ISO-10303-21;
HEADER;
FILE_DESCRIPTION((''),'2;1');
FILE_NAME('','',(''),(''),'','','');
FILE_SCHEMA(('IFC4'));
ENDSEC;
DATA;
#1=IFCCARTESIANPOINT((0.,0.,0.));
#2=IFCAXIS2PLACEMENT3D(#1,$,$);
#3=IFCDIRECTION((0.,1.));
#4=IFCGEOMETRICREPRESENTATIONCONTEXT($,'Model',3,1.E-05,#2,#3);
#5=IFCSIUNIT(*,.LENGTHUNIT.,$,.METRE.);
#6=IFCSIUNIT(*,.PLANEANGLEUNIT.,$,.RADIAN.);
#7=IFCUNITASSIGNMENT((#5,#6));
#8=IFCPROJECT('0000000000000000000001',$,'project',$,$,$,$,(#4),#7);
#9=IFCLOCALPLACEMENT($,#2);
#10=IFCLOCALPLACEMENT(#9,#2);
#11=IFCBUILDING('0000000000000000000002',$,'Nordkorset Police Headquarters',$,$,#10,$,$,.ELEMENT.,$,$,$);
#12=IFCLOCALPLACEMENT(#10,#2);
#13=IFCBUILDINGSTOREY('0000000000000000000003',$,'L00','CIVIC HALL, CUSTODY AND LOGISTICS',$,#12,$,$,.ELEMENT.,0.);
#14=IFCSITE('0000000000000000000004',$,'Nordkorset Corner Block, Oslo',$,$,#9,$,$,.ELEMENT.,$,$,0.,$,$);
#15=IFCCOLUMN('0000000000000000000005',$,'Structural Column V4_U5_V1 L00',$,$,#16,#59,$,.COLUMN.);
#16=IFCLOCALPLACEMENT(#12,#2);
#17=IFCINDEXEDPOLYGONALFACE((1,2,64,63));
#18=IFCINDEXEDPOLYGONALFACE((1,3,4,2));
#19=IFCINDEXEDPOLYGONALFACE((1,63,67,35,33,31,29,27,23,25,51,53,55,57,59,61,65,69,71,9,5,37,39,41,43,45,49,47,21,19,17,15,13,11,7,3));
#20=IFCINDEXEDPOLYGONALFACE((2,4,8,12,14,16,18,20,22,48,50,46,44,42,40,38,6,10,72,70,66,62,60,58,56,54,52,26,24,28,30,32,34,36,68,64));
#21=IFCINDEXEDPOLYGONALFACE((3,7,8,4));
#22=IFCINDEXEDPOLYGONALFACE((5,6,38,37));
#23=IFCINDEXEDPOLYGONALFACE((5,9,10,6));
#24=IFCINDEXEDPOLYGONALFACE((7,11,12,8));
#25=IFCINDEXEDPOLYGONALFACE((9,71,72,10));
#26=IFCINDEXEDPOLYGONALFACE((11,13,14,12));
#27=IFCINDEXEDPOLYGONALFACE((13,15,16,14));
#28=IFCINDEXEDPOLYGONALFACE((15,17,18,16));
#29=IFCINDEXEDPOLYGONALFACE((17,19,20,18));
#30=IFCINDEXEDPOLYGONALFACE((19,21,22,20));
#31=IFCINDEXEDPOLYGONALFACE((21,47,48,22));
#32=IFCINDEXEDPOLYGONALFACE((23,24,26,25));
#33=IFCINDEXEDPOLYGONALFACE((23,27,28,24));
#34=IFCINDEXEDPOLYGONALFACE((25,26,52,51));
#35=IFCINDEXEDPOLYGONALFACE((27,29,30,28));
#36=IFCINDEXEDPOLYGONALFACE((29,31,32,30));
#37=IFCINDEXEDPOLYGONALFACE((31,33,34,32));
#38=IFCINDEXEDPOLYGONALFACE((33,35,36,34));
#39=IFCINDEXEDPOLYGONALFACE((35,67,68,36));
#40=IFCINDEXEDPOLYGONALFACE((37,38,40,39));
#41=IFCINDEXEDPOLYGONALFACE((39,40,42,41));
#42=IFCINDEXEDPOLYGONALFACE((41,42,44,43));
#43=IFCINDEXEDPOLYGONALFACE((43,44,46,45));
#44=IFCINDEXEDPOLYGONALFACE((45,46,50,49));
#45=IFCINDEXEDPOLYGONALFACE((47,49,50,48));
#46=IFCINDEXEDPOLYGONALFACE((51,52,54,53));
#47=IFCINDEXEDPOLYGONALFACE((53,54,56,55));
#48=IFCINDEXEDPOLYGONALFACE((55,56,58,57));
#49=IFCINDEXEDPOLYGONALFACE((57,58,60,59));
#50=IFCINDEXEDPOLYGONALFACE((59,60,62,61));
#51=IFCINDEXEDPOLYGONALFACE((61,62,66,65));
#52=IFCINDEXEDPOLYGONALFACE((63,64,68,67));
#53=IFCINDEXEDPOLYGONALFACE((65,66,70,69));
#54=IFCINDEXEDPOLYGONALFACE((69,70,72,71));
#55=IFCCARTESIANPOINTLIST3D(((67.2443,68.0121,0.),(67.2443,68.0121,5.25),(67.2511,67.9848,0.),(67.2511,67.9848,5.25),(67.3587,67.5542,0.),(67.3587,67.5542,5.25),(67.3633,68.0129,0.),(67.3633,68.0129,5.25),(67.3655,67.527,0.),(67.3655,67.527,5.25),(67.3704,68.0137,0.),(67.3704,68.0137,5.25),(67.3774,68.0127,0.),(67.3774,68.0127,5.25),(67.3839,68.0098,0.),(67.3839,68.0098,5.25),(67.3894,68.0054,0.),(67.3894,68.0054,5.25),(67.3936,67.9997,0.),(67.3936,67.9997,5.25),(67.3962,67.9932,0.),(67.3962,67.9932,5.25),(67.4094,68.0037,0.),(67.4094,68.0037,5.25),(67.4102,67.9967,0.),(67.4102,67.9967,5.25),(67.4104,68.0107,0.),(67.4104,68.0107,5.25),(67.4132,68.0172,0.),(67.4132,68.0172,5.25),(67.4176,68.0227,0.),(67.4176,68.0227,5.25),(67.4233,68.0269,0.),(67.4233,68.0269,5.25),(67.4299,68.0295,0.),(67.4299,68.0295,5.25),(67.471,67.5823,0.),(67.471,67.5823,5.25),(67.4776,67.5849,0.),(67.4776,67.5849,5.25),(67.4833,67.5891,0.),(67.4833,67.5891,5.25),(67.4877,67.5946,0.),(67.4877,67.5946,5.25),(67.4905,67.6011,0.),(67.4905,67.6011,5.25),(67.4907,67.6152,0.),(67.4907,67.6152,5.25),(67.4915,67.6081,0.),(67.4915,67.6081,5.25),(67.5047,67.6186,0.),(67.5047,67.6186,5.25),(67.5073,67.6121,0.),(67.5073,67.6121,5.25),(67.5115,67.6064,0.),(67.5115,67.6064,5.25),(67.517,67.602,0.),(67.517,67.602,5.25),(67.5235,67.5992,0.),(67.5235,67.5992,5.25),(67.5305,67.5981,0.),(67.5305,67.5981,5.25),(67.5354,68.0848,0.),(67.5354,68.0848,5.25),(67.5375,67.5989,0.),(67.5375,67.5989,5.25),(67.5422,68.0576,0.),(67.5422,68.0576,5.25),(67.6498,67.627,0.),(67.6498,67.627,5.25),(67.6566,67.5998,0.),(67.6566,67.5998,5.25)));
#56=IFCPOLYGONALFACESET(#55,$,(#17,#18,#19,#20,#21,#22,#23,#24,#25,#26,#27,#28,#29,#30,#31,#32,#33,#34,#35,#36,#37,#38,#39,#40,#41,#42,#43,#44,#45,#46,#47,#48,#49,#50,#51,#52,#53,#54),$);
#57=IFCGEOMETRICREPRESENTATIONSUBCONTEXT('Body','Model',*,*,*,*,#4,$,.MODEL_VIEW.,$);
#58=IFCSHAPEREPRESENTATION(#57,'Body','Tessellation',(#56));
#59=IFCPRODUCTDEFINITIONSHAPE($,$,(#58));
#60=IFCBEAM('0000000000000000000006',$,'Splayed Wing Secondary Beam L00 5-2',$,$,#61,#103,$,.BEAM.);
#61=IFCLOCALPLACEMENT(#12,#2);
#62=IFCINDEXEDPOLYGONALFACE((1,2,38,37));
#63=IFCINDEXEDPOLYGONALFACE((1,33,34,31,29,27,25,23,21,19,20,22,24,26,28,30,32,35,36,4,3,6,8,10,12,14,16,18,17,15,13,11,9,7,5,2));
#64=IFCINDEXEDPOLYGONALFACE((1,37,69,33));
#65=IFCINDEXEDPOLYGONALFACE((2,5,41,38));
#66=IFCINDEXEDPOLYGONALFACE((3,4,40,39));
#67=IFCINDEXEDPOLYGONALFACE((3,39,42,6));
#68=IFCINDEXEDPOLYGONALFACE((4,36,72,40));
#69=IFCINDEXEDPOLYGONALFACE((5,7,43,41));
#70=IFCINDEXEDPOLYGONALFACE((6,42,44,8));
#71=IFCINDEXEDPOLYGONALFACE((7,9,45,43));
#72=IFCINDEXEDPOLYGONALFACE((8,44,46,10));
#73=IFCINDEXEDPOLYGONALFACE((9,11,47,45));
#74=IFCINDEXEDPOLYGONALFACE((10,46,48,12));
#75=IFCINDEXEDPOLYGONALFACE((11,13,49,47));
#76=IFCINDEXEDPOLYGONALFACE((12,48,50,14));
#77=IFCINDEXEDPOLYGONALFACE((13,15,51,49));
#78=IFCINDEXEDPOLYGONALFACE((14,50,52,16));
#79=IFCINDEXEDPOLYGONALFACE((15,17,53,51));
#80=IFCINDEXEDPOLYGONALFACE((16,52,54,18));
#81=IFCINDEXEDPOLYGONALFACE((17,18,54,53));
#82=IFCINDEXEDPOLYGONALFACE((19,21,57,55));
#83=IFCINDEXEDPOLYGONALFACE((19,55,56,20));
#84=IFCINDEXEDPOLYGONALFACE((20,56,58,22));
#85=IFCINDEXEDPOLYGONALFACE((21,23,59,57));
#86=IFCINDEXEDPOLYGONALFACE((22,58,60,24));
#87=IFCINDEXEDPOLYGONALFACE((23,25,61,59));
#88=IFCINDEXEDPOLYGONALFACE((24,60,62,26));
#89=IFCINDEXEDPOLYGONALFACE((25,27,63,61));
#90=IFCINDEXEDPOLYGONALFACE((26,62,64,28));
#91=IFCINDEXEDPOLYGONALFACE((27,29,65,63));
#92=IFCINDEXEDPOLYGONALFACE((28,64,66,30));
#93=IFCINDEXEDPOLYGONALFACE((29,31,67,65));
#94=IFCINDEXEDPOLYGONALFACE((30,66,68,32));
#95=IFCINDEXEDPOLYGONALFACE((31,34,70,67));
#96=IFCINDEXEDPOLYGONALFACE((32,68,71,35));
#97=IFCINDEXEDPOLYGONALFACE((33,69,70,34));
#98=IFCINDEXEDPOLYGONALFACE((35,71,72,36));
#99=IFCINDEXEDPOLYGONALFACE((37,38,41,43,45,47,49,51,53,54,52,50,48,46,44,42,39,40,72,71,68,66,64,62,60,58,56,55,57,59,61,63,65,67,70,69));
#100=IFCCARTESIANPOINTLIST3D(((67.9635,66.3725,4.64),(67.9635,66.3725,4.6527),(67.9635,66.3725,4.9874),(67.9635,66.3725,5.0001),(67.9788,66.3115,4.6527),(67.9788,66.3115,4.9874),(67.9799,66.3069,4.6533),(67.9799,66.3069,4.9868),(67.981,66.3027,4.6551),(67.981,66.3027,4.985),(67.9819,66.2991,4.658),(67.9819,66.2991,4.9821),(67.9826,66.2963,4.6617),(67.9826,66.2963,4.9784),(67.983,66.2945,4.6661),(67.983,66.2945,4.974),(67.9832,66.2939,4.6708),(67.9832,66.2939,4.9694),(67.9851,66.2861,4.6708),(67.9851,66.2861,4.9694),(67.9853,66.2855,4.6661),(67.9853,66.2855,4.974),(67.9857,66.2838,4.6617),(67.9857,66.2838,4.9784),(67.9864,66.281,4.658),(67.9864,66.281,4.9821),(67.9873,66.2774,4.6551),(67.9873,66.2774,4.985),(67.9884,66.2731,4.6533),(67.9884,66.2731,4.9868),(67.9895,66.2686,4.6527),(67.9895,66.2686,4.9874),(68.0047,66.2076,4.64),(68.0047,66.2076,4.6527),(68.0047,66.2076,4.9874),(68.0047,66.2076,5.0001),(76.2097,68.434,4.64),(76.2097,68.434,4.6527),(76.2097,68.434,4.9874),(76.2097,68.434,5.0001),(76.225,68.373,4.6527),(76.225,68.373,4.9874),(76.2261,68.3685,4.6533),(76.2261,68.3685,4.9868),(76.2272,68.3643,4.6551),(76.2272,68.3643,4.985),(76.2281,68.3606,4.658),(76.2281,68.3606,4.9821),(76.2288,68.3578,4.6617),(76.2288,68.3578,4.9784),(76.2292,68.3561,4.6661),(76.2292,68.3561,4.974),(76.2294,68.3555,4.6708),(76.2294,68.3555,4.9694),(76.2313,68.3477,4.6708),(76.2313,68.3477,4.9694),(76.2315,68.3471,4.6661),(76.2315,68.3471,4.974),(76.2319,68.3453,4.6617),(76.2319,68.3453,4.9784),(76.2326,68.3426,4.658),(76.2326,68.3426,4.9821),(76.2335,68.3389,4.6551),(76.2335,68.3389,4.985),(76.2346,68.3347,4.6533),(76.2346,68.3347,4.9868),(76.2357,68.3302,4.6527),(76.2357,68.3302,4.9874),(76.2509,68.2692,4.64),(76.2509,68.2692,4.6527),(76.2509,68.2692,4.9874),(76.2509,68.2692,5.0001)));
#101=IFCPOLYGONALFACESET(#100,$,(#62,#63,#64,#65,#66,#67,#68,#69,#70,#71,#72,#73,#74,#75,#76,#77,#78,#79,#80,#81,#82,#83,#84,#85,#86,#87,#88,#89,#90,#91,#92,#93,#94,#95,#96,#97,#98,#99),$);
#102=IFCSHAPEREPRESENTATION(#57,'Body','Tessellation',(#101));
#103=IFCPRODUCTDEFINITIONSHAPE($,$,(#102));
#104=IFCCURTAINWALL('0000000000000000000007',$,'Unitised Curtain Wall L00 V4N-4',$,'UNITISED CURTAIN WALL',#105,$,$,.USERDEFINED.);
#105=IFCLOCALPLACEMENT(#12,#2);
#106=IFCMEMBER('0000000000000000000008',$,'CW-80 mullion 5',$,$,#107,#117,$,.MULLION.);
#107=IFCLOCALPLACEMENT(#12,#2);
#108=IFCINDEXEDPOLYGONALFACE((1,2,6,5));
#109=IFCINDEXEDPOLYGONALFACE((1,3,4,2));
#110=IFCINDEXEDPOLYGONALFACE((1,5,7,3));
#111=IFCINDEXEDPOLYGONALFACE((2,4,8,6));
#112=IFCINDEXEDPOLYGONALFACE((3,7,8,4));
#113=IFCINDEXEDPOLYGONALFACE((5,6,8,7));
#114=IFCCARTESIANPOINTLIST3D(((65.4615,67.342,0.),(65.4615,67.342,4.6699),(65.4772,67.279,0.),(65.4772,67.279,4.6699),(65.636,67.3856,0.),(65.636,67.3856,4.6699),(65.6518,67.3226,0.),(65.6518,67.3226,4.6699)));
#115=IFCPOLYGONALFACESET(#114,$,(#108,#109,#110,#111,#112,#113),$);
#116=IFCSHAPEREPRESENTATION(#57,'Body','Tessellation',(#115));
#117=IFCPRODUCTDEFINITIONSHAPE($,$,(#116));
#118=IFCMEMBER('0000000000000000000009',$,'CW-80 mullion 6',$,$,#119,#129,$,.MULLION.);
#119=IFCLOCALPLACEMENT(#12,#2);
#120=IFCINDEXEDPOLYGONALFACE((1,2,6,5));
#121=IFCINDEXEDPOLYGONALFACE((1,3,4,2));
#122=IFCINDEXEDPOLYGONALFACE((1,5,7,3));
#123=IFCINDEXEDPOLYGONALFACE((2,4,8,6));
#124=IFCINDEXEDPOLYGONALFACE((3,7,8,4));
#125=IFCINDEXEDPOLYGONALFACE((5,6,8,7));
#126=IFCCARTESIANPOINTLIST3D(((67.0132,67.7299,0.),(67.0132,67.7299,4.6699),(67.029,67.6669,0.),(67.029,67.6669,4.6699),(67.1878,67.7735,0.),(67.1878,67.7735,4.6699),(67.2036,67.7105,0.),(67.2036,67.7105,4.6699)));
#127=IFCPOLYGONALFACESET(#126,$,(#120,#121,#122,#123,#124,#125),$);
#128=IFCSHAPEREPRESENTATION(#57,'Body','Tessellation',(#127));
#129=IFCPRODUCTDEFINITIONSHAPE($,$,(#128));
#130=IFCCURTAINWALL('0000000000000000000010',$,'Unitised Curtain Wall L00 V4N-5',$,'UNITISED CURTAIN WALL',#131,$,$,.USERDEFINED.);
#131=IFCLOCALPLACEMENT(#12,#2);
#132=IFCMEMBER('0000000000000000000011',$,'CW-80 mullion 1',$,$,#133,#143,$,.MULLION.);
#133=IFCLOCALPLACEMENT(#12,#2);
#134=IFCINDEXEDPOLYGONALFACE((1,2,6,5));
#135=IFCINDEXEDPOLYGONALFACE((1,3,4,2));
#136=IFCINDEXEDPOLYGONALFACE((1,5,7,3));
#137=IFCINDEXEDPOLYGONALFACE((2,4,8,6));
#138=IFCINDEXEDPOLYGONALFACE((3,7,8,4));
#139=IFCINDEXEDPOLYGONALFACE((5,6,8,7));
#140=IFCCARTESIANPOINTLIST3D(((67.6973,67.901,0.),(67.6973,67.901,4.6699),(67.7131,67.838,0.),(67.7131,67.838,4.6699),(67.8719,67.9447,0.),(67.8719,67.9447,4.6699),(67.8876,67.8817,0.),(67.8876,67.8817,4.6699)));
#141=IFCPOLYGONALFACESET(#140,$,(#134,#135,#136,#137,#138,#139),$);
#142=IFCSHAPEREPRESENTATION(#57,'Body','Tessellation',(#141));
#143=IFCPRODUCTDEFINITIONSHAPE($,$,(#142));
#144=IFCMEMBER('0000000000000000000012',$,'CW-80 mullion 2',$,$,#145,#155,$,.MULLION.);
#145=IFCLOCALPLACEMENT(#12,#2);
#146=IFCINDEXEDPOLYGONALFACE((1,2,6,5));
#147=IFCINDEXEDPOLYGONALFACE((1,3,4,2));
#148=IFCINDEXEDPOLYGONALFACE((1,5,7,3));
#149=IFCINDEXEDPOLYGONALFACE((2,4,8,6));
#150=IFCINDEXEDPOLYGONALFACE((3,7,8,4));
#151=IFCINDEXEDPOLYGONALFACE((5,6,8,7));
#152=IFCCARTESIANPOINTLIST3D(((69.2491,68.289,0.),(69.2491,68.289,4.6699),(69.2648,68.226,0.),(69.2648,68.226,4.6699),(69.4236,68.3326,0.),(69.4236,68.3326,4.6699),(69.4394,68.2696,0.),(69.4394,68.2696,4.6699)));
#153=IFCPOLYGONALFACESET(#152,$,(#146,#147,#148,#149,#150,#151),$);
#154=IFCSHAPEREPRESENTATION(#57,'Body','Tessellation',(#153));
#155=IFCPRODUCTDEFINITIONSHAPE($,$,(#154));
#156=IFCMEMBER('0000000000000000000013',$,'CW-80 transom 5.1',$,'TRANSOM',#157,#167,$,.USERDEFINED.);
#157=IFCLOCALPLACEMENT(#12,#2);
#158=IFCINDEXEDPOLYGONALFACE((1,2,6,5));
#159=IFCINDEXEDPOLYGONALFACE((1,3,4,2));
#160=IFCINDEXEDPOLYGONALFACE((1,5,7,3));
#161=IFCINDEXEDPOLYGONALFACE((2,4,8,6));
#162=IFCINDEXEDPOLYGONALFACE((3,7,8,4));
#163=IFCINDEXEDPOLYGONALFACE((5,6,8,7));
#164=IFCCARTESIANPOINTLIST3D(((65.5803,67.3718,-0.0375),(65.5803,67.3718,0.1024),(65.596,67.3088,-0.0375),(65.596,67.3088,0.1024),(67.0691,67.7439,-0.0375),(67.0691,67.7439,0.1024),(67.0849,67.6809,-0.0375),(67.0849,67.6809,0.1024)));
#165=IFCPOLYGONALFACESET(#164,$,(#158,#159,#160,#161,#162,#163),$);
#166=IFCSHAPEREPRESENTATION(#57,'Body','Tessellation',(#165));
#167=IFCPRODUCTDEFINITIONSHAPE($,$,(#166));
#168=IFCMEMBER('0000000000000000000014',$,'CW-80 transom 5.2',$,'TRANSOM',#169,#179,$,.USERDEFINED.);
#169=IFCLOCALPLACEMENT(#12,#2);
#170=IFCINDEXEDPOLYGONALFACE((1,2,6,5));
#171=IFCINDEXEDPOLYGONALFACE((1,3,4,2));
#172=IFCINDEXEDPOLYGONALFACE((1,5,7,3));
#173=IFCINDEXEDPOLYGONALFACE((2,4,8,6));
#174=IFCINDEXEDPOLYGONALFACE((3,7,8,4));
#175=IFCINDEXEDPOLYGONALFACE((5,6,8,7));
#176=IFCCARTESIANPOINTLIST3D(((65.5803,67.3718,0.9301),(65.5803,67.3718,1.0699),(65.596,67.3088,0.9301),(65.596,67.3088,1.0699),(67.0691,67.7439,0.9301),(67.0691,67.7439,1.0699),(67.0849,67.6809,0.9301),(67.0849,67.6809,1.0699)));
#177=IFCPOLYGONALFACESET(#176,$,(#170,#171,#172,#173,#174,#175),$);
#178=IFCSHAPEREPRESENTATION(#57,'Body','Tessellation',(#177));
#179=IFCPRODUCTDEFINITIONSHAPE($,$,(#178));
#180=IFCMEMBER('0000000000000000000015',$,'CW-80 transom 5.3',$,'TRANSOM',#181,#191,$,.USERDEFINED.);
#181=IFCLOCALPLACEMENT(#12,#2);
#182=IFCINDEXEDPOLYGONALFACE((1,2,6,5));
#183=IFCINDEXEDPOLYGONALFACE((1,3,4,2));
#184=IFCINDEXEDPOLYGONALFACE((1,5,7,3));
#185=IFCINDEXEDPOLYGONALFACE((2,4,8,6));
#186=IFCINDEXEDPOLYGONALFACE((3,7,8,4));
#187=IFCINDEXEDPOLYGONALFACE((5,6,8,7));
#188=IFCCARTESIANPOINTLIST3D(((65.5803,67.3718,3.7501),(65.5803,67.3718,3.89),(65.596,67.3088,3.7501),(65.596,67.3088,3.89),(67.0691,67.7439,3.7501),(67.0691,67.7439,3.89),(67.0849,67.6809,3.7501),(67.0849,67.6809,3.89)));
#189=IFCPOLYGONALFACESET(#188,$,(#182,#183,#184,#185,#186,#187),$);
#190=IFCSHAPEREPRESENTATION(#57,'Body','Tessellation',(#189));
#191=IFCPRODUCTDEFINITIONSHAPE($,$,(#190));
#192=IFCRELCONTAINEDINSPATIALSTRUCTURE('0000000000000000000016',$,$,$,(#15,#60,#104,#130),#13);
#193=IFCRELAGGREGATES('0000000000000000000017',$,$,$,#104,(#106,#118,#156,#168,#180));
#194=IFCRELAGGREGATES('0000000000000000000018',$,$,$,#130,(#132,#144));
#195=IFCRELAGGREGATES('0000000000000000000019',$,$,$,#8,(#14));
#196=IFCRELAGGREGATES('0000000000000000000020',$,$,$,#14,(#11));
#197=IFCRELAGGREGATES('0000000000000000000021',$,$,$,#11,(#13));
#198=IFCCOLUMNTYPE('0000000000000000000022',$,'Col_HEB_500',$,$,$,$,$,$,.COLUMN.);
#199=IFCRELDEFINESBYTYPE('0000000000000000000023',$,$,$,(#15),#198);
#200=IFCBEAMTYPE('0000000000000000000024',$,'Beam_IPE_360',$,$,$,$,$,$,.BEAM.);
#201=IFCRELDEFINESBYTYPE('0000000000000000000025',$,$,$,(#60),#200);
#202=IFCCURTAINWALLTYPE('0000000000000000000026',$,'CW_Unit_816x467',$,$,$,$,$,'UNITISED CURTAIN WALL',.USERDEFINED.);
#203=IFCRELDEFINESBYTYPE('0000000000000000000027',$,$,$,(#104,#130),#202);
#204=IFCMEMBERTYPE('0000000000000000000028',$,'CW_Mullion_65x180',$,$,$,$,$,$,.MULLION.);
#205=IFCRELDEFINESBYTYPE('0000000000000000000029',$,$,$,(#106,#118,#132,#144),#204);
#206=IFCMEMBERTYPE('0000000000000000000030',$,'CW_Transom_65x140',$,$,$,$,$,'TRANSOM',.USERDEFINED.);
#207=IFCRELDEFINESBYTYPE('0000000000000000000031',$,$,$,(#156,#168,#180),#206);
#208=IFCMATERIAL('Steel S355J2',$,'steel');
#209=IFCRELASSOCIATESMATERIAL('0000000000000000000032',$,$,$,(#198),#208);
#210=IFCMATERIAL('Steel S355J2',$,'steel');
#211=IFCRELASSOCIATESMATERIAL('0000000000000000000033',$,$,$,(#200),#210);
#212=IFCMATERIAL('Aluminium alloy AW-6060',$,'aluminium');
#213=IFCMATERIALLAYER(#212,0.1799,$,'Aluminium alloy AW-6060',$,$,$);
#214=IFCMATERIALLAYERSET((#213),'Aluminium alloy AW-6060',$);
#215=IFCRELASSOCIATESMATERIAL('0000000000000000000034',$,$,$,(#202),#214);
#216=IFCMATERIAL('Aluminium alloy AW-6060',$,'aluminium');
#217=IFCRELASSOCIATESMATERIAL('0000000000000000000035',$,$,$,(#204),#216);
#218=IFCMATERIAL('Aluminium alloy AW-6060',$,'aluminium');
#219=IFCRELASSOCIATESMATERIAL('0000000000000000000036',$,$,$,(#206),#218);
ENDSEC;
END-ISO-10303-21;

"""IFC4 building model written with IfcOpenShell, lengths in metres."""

from ifc_helpers import new_model, si_unit, direction, frame, origin, origin_2d, place, context, subcontext, project, spatial, rectangle, i_section, extrude, material, layer, layer_set, material_profile, profile_set, type_object, element, aggregate, save


model = new_model("IFC4")

# Units and contexts
model_context = context("Model", 3, precision=1e-05, world=origin(), true_north=direction((0.0, 1.0)))
body_context = subcontext(model_context, "Body", "Model", "MODEL_VIEW")
ifc_project = project(units=[si_unit("LENGTHUNIT", "METRE"), si_unit("PLANEANGLEUNIT", "RADIAN")], contexts=[model_context])

# Site, building, storey
site_placement = place(None, origin())
site = spatial("IfcSite", under=ifc_project, at=site_placement, Name="Nordkorset Corner Block, Oslo", CompositionType="ELEMENT", RefElevation=0.0)
building_placement = place(site_placement, origin())
building = spatial("IfcBuilding", under=site, at=building_placement, Name="Nordkorset Police Headquarters", CompositionType="ELEMENT")
storey_placement = place(building_placement, origin())
storey = spatial("IfcBuildingStorey", under=building, at=storey_placement, Name="L00", Description="CIVIC HALL, CUSTODY AND LOGISTICS", CompositionType="ELEMENT", Elevation=0.0)

# Column
ifc_material_1 = material(Name="Steel S355J2", Category="steel")
ifc_material_profile_1 = material_profile(ifc_material_1, i_section(OverallWidth=0.3, OverallDepth=0.5, WebThickness=0.0144, FlangeThickness=0.0281, FilletRadius=0.0271, at=origin_2d()), Name="HEB 500")
ifc_profile_set_1 = profile_set([ifc_material_profile_1], Name="Steel S355J2")
column_type = type_object("IfcColumnType", Name="Col_HEB_500", PredefinedType="COLUMN", material=ifc_profile_set_1)
column_placement = place(storey_placement, frame((67.4504, 67.8059, 0.0), z_axis=(0.0, 0.0, 1.0), x_axis=(0.970143, 0.242536, 0.0)))
element("IfcColumn", 1, at=column_placement, inside=storey, type_object=column_type, Name="Structural Column V4_U5_V1 L00", PredefinedType="COLUMN", context=body_context, shape_type="SweptSolid", body=[
    extrude(i_section(OverallWidth=0.3, OverallDepth=0.5, WebThickness=0.0144, FlangeThickness=0.0281, FilletRadius=0.0271, at=origin_2d()), origin(), (0.0, 0.0, 1.0), 5.25),
])

# Beam
ifc_material_2 = material(Name="Steel S355J2", Category="steel")
ifc_material_profile_2 = material_profile(ifc_material_2, i_section(OverallWidth=0.1699, OverallDepth=0.3601, WebThickness=0.0081, FlangeThickness=0.0127, FilletRadius=0.0181, at=origin_2d()), Name="IPE 360")
ifc_profile_set_2 = profile_set([ifc_material_profile_2], Name="Steel S355J2")
beam_type_1 = type_object("IfcBeamType", Name="Beam_IPE_360", PredefinedType="BEAM", material=ifc_profile_set_2)
beam_1_placement = place(storey_placement, frame((67.9841, 66.29, 4.8201), z_axis=(0.970143, 0.242536, 0.0), x_axis=(-0.242536, 0.970143, 0.0)))
element("IfcBeam", 2, at=beam_1_placement, inside=storey, type_object=beam_type_1, Name="Splayed Wing Secondary Beam L00 5-2", PredefinedType="BEAM", context=body_context, shape_type="SweptSolid", body=[
    extrude(i_section(OverallWidth=0.1699, OverallDepth=0.3601, WebThickness=0.0081, FlangeThickness=0.0127, FilletRadius=0.0181, at=origin_2d()), origin(), (0.0, 0.0, 1.0), 8.5),
])

# Curtain walls, members
ifc_material_3 = material(Name="Aluminium alloy AW-6060", Category="aluminium")
ifc_layer_1 = layer(ifc_material_3, 0.1799, Name="Aluminium alloy AW-6060")
ifc_layer_set_1 = layer_set([ifc_layer_1], Name="Aluminium alloy AW-6060")
curtain_wall_type = type_object("IfcCurtainWallType", Name="CW_Unit_816x467", ElementType="UNITISED CURTAIN WALL", PredefinedType="USERDEFINED", material=ifc_layer_set_1)
curtain_wall_1_placement = place(storey_placement, origin())
curtain_wall_1 = element("IfcCurtainWall", 3, at=curtain_wall_1_placement, inside=storey, type_object=curtain_wall_type, Name="Unitised Curtain Wall L00 V4N-4", ObjectType="UNITISED CURTAIN WALL", PredefinedType="USERDEFINED")
ifc_material_4 = material(Name="Aluminium alloy AW-6060", Category="aluminium")
ifc_material_profile_3 = material_profile(ifc_material_4, rectangle(XDim=0.0649, YDim=0.1799, at=origin_2d()), Name="ALU MULL 65x180")
ifc_profile_set_3 = profile_set([ifc_material_profile_3], Name="Aluminium alloy AW-6060")
member_type_1 = type_object("IfcMemberType", Name="CW_Mullion_65x180", PredefinedType="MULLION", material=ifc_profile_set_3)
member_1_placement = place(storey_placement, frame((65.5566, 67.3323, 0.0), z_axis=(0.0, 0.0, 1.0), x_axis=(-0.242535, 0.970143, 0.0)))
member_1 = element("IfcMember", 4, at=member_1_placement, type_object=member_type_1, Name="CW-80 mullion 5", PredefinedType="MULLION", context=body_context, shape_type="SweptSolid", body=[
    extrude(rectangle(XDim=0.0649, YDim=0.1799, at=origin_2d()), origin(), (0.0, 0.0, 1.0), 4.6699),
])
member_2_placement = place(storey_placement, frame((67.1084, 67.7202, 0.0), z_axis=(0.0, 0.0, 1.0), x_axis=(-0.242535, 0.970143, 0.0)))
member_2 = element("IfcMember", 5, at=member_2_placement, type_object=member_type_1, Name="CW-80 mullion 6", PredefinedType="MULLION", context=body_context, shape_type="SweptSolid", body=[
    extrude(rectangle(XDim=0.0649, YDim=0.1799, at=origin_2d()), origin(), (0.0, 0.0, 1.0), 4.6699),
])
curtain_wall_2_placement = place(storey_placement, origin())
curtain_wall_2 = element("IfcCurtainWall", 6, at=curtain_wall_2_placement, inside=storey, type_object=curtain_wall_type, Name="Unitised Curtain Wall L00 V4N-5", ObjectType="UNITISED CURTAIN WALL", PredefinedType="USERDEFINED")
member_3_placement = place(storey_placement, frame((67.7925, 67.8914, 0.0), z_axis=(0.0, 0.0, 1.0), x_axis=(-0.242536, 0.970143, 0.0)))
member_3 = element("IfcMember", 7, at=member_3_placement, type_object=member_type_1, Name="CW-80 mullion 1", PredefinedType="MULLION", context=body_context, shape_type="SweptSolid", body=[
    extrude(rectangle(XDim=0.0649, YDim=0.1799, at=origin_2d()), origin(), (0.0, 0.0, 1.0), 4.6699),
])
member_4_placement = place(storey_placement, frame((69.3442, 68.2793, 0.0), z_axis=(0.0, 0.0, 1.0), x_axis=(-0.242536, 0.970143, 0.0)))
member_4 = element("IfcMember", 8, at=member_4_placement, type_object=member_type_1, Name="CW-80 mullion 2", PredefinedType="MULLION", context=body_context, shape_type="SweptSolid", body=[
    extrude(rectangle(XDim=0.0649, YDim=0.1799, at=origin_2d()), origin(), (0.0, 0.0, 1.0), 4.6699),
])

# Members
ifc_material_5 = material(Name="Aluminium alloy AW-6060", Category="aluminium")
ifc_material_profile_4 = material_profile(ifc_material_5, rectangle(XDim=0.0649, YDim=0.1399, at=origin_2d()), Name="ALU TRAN 65x140")
ifc_profile_set_4 = profile_set([ifc_material_profile_4], Name="Aluminium alloy AW-6060")
member_type_2 = type_object("IfcMemberType", Name="CW_Transom_65x140", ElementType="TRANSOM", PredefinedType="USERDEFINED", material=ifc_profile_set_4)
member_5_placement = place(storey_placement, frame((65.5881, 67.3403, 0.0325), z_axis=(0.970161, 0.242461, 0.0), x_axis=(-0.242461, 0.970161, 0.0)))
member_5 = element("IfcMember", 9, at=member_5_placement, type_object=member_type_2, Name="CW-80 transom 5.1", ObjectType="TRANSOM", PredefinedType="USERDEFINED", context=body_context, shape_type="SweptSolid", body=[
    extrude(rectangle(XDim=0.0649, YDim=0.1399, at=origin_2d()), origin(), (0.0, 0.0, 1.0), 1.5347),
])
member_6_placement = place(storey_placement, frame((65.5881, 67.3403, 1.0), z_axis=(0.970161, 0.242461, 0.0), x_axis=(-0.242461, 0.970161, 0.0)))
member_6 = element("IfcMember", 10, at=member_6_placement, type_object=member_type_2, Name="CW-80 transom 5.2", ObjectType="TRANSOM", PredefinedType="USERDEFINED", context=body_context, shape_type="SweptSolid", body=[
    extrude(rectangle(XDim=0.0649, YDim=0.1399, at=origin_2d()), origin(), (0.0, 0.0, 1.0), 1.5347),
])
member_7_placement = place(storey_placement, frame((65.5881, 67.3403, 3.8201), z_axis=(0.970161, 0.242461, 0.0), x_axis=(-0.242461, 0.970161, 0.0)))
member_7 = element("IfcMember", 11, at=member_7_placement, type_object=member_type_2, Name="CW-80 transom 5.3", ObjectType="TRANSOM", PredefinedType="USERDEFINED", context=body_context, shape_type="SweptSolid", body=[
    extrude(rectangle(XDim=0.0649, YDim=0.1399, at=origin_2d()), origin(), (0.0, 0.0, 1.0), 1.5347),
])

aggregate(curtain_wall_1, [member_1, member_2, member_5, member_6, member_7])
aggregate(curtain_wall_2, [member_3, member_4])

save(model, "model.ifc")
